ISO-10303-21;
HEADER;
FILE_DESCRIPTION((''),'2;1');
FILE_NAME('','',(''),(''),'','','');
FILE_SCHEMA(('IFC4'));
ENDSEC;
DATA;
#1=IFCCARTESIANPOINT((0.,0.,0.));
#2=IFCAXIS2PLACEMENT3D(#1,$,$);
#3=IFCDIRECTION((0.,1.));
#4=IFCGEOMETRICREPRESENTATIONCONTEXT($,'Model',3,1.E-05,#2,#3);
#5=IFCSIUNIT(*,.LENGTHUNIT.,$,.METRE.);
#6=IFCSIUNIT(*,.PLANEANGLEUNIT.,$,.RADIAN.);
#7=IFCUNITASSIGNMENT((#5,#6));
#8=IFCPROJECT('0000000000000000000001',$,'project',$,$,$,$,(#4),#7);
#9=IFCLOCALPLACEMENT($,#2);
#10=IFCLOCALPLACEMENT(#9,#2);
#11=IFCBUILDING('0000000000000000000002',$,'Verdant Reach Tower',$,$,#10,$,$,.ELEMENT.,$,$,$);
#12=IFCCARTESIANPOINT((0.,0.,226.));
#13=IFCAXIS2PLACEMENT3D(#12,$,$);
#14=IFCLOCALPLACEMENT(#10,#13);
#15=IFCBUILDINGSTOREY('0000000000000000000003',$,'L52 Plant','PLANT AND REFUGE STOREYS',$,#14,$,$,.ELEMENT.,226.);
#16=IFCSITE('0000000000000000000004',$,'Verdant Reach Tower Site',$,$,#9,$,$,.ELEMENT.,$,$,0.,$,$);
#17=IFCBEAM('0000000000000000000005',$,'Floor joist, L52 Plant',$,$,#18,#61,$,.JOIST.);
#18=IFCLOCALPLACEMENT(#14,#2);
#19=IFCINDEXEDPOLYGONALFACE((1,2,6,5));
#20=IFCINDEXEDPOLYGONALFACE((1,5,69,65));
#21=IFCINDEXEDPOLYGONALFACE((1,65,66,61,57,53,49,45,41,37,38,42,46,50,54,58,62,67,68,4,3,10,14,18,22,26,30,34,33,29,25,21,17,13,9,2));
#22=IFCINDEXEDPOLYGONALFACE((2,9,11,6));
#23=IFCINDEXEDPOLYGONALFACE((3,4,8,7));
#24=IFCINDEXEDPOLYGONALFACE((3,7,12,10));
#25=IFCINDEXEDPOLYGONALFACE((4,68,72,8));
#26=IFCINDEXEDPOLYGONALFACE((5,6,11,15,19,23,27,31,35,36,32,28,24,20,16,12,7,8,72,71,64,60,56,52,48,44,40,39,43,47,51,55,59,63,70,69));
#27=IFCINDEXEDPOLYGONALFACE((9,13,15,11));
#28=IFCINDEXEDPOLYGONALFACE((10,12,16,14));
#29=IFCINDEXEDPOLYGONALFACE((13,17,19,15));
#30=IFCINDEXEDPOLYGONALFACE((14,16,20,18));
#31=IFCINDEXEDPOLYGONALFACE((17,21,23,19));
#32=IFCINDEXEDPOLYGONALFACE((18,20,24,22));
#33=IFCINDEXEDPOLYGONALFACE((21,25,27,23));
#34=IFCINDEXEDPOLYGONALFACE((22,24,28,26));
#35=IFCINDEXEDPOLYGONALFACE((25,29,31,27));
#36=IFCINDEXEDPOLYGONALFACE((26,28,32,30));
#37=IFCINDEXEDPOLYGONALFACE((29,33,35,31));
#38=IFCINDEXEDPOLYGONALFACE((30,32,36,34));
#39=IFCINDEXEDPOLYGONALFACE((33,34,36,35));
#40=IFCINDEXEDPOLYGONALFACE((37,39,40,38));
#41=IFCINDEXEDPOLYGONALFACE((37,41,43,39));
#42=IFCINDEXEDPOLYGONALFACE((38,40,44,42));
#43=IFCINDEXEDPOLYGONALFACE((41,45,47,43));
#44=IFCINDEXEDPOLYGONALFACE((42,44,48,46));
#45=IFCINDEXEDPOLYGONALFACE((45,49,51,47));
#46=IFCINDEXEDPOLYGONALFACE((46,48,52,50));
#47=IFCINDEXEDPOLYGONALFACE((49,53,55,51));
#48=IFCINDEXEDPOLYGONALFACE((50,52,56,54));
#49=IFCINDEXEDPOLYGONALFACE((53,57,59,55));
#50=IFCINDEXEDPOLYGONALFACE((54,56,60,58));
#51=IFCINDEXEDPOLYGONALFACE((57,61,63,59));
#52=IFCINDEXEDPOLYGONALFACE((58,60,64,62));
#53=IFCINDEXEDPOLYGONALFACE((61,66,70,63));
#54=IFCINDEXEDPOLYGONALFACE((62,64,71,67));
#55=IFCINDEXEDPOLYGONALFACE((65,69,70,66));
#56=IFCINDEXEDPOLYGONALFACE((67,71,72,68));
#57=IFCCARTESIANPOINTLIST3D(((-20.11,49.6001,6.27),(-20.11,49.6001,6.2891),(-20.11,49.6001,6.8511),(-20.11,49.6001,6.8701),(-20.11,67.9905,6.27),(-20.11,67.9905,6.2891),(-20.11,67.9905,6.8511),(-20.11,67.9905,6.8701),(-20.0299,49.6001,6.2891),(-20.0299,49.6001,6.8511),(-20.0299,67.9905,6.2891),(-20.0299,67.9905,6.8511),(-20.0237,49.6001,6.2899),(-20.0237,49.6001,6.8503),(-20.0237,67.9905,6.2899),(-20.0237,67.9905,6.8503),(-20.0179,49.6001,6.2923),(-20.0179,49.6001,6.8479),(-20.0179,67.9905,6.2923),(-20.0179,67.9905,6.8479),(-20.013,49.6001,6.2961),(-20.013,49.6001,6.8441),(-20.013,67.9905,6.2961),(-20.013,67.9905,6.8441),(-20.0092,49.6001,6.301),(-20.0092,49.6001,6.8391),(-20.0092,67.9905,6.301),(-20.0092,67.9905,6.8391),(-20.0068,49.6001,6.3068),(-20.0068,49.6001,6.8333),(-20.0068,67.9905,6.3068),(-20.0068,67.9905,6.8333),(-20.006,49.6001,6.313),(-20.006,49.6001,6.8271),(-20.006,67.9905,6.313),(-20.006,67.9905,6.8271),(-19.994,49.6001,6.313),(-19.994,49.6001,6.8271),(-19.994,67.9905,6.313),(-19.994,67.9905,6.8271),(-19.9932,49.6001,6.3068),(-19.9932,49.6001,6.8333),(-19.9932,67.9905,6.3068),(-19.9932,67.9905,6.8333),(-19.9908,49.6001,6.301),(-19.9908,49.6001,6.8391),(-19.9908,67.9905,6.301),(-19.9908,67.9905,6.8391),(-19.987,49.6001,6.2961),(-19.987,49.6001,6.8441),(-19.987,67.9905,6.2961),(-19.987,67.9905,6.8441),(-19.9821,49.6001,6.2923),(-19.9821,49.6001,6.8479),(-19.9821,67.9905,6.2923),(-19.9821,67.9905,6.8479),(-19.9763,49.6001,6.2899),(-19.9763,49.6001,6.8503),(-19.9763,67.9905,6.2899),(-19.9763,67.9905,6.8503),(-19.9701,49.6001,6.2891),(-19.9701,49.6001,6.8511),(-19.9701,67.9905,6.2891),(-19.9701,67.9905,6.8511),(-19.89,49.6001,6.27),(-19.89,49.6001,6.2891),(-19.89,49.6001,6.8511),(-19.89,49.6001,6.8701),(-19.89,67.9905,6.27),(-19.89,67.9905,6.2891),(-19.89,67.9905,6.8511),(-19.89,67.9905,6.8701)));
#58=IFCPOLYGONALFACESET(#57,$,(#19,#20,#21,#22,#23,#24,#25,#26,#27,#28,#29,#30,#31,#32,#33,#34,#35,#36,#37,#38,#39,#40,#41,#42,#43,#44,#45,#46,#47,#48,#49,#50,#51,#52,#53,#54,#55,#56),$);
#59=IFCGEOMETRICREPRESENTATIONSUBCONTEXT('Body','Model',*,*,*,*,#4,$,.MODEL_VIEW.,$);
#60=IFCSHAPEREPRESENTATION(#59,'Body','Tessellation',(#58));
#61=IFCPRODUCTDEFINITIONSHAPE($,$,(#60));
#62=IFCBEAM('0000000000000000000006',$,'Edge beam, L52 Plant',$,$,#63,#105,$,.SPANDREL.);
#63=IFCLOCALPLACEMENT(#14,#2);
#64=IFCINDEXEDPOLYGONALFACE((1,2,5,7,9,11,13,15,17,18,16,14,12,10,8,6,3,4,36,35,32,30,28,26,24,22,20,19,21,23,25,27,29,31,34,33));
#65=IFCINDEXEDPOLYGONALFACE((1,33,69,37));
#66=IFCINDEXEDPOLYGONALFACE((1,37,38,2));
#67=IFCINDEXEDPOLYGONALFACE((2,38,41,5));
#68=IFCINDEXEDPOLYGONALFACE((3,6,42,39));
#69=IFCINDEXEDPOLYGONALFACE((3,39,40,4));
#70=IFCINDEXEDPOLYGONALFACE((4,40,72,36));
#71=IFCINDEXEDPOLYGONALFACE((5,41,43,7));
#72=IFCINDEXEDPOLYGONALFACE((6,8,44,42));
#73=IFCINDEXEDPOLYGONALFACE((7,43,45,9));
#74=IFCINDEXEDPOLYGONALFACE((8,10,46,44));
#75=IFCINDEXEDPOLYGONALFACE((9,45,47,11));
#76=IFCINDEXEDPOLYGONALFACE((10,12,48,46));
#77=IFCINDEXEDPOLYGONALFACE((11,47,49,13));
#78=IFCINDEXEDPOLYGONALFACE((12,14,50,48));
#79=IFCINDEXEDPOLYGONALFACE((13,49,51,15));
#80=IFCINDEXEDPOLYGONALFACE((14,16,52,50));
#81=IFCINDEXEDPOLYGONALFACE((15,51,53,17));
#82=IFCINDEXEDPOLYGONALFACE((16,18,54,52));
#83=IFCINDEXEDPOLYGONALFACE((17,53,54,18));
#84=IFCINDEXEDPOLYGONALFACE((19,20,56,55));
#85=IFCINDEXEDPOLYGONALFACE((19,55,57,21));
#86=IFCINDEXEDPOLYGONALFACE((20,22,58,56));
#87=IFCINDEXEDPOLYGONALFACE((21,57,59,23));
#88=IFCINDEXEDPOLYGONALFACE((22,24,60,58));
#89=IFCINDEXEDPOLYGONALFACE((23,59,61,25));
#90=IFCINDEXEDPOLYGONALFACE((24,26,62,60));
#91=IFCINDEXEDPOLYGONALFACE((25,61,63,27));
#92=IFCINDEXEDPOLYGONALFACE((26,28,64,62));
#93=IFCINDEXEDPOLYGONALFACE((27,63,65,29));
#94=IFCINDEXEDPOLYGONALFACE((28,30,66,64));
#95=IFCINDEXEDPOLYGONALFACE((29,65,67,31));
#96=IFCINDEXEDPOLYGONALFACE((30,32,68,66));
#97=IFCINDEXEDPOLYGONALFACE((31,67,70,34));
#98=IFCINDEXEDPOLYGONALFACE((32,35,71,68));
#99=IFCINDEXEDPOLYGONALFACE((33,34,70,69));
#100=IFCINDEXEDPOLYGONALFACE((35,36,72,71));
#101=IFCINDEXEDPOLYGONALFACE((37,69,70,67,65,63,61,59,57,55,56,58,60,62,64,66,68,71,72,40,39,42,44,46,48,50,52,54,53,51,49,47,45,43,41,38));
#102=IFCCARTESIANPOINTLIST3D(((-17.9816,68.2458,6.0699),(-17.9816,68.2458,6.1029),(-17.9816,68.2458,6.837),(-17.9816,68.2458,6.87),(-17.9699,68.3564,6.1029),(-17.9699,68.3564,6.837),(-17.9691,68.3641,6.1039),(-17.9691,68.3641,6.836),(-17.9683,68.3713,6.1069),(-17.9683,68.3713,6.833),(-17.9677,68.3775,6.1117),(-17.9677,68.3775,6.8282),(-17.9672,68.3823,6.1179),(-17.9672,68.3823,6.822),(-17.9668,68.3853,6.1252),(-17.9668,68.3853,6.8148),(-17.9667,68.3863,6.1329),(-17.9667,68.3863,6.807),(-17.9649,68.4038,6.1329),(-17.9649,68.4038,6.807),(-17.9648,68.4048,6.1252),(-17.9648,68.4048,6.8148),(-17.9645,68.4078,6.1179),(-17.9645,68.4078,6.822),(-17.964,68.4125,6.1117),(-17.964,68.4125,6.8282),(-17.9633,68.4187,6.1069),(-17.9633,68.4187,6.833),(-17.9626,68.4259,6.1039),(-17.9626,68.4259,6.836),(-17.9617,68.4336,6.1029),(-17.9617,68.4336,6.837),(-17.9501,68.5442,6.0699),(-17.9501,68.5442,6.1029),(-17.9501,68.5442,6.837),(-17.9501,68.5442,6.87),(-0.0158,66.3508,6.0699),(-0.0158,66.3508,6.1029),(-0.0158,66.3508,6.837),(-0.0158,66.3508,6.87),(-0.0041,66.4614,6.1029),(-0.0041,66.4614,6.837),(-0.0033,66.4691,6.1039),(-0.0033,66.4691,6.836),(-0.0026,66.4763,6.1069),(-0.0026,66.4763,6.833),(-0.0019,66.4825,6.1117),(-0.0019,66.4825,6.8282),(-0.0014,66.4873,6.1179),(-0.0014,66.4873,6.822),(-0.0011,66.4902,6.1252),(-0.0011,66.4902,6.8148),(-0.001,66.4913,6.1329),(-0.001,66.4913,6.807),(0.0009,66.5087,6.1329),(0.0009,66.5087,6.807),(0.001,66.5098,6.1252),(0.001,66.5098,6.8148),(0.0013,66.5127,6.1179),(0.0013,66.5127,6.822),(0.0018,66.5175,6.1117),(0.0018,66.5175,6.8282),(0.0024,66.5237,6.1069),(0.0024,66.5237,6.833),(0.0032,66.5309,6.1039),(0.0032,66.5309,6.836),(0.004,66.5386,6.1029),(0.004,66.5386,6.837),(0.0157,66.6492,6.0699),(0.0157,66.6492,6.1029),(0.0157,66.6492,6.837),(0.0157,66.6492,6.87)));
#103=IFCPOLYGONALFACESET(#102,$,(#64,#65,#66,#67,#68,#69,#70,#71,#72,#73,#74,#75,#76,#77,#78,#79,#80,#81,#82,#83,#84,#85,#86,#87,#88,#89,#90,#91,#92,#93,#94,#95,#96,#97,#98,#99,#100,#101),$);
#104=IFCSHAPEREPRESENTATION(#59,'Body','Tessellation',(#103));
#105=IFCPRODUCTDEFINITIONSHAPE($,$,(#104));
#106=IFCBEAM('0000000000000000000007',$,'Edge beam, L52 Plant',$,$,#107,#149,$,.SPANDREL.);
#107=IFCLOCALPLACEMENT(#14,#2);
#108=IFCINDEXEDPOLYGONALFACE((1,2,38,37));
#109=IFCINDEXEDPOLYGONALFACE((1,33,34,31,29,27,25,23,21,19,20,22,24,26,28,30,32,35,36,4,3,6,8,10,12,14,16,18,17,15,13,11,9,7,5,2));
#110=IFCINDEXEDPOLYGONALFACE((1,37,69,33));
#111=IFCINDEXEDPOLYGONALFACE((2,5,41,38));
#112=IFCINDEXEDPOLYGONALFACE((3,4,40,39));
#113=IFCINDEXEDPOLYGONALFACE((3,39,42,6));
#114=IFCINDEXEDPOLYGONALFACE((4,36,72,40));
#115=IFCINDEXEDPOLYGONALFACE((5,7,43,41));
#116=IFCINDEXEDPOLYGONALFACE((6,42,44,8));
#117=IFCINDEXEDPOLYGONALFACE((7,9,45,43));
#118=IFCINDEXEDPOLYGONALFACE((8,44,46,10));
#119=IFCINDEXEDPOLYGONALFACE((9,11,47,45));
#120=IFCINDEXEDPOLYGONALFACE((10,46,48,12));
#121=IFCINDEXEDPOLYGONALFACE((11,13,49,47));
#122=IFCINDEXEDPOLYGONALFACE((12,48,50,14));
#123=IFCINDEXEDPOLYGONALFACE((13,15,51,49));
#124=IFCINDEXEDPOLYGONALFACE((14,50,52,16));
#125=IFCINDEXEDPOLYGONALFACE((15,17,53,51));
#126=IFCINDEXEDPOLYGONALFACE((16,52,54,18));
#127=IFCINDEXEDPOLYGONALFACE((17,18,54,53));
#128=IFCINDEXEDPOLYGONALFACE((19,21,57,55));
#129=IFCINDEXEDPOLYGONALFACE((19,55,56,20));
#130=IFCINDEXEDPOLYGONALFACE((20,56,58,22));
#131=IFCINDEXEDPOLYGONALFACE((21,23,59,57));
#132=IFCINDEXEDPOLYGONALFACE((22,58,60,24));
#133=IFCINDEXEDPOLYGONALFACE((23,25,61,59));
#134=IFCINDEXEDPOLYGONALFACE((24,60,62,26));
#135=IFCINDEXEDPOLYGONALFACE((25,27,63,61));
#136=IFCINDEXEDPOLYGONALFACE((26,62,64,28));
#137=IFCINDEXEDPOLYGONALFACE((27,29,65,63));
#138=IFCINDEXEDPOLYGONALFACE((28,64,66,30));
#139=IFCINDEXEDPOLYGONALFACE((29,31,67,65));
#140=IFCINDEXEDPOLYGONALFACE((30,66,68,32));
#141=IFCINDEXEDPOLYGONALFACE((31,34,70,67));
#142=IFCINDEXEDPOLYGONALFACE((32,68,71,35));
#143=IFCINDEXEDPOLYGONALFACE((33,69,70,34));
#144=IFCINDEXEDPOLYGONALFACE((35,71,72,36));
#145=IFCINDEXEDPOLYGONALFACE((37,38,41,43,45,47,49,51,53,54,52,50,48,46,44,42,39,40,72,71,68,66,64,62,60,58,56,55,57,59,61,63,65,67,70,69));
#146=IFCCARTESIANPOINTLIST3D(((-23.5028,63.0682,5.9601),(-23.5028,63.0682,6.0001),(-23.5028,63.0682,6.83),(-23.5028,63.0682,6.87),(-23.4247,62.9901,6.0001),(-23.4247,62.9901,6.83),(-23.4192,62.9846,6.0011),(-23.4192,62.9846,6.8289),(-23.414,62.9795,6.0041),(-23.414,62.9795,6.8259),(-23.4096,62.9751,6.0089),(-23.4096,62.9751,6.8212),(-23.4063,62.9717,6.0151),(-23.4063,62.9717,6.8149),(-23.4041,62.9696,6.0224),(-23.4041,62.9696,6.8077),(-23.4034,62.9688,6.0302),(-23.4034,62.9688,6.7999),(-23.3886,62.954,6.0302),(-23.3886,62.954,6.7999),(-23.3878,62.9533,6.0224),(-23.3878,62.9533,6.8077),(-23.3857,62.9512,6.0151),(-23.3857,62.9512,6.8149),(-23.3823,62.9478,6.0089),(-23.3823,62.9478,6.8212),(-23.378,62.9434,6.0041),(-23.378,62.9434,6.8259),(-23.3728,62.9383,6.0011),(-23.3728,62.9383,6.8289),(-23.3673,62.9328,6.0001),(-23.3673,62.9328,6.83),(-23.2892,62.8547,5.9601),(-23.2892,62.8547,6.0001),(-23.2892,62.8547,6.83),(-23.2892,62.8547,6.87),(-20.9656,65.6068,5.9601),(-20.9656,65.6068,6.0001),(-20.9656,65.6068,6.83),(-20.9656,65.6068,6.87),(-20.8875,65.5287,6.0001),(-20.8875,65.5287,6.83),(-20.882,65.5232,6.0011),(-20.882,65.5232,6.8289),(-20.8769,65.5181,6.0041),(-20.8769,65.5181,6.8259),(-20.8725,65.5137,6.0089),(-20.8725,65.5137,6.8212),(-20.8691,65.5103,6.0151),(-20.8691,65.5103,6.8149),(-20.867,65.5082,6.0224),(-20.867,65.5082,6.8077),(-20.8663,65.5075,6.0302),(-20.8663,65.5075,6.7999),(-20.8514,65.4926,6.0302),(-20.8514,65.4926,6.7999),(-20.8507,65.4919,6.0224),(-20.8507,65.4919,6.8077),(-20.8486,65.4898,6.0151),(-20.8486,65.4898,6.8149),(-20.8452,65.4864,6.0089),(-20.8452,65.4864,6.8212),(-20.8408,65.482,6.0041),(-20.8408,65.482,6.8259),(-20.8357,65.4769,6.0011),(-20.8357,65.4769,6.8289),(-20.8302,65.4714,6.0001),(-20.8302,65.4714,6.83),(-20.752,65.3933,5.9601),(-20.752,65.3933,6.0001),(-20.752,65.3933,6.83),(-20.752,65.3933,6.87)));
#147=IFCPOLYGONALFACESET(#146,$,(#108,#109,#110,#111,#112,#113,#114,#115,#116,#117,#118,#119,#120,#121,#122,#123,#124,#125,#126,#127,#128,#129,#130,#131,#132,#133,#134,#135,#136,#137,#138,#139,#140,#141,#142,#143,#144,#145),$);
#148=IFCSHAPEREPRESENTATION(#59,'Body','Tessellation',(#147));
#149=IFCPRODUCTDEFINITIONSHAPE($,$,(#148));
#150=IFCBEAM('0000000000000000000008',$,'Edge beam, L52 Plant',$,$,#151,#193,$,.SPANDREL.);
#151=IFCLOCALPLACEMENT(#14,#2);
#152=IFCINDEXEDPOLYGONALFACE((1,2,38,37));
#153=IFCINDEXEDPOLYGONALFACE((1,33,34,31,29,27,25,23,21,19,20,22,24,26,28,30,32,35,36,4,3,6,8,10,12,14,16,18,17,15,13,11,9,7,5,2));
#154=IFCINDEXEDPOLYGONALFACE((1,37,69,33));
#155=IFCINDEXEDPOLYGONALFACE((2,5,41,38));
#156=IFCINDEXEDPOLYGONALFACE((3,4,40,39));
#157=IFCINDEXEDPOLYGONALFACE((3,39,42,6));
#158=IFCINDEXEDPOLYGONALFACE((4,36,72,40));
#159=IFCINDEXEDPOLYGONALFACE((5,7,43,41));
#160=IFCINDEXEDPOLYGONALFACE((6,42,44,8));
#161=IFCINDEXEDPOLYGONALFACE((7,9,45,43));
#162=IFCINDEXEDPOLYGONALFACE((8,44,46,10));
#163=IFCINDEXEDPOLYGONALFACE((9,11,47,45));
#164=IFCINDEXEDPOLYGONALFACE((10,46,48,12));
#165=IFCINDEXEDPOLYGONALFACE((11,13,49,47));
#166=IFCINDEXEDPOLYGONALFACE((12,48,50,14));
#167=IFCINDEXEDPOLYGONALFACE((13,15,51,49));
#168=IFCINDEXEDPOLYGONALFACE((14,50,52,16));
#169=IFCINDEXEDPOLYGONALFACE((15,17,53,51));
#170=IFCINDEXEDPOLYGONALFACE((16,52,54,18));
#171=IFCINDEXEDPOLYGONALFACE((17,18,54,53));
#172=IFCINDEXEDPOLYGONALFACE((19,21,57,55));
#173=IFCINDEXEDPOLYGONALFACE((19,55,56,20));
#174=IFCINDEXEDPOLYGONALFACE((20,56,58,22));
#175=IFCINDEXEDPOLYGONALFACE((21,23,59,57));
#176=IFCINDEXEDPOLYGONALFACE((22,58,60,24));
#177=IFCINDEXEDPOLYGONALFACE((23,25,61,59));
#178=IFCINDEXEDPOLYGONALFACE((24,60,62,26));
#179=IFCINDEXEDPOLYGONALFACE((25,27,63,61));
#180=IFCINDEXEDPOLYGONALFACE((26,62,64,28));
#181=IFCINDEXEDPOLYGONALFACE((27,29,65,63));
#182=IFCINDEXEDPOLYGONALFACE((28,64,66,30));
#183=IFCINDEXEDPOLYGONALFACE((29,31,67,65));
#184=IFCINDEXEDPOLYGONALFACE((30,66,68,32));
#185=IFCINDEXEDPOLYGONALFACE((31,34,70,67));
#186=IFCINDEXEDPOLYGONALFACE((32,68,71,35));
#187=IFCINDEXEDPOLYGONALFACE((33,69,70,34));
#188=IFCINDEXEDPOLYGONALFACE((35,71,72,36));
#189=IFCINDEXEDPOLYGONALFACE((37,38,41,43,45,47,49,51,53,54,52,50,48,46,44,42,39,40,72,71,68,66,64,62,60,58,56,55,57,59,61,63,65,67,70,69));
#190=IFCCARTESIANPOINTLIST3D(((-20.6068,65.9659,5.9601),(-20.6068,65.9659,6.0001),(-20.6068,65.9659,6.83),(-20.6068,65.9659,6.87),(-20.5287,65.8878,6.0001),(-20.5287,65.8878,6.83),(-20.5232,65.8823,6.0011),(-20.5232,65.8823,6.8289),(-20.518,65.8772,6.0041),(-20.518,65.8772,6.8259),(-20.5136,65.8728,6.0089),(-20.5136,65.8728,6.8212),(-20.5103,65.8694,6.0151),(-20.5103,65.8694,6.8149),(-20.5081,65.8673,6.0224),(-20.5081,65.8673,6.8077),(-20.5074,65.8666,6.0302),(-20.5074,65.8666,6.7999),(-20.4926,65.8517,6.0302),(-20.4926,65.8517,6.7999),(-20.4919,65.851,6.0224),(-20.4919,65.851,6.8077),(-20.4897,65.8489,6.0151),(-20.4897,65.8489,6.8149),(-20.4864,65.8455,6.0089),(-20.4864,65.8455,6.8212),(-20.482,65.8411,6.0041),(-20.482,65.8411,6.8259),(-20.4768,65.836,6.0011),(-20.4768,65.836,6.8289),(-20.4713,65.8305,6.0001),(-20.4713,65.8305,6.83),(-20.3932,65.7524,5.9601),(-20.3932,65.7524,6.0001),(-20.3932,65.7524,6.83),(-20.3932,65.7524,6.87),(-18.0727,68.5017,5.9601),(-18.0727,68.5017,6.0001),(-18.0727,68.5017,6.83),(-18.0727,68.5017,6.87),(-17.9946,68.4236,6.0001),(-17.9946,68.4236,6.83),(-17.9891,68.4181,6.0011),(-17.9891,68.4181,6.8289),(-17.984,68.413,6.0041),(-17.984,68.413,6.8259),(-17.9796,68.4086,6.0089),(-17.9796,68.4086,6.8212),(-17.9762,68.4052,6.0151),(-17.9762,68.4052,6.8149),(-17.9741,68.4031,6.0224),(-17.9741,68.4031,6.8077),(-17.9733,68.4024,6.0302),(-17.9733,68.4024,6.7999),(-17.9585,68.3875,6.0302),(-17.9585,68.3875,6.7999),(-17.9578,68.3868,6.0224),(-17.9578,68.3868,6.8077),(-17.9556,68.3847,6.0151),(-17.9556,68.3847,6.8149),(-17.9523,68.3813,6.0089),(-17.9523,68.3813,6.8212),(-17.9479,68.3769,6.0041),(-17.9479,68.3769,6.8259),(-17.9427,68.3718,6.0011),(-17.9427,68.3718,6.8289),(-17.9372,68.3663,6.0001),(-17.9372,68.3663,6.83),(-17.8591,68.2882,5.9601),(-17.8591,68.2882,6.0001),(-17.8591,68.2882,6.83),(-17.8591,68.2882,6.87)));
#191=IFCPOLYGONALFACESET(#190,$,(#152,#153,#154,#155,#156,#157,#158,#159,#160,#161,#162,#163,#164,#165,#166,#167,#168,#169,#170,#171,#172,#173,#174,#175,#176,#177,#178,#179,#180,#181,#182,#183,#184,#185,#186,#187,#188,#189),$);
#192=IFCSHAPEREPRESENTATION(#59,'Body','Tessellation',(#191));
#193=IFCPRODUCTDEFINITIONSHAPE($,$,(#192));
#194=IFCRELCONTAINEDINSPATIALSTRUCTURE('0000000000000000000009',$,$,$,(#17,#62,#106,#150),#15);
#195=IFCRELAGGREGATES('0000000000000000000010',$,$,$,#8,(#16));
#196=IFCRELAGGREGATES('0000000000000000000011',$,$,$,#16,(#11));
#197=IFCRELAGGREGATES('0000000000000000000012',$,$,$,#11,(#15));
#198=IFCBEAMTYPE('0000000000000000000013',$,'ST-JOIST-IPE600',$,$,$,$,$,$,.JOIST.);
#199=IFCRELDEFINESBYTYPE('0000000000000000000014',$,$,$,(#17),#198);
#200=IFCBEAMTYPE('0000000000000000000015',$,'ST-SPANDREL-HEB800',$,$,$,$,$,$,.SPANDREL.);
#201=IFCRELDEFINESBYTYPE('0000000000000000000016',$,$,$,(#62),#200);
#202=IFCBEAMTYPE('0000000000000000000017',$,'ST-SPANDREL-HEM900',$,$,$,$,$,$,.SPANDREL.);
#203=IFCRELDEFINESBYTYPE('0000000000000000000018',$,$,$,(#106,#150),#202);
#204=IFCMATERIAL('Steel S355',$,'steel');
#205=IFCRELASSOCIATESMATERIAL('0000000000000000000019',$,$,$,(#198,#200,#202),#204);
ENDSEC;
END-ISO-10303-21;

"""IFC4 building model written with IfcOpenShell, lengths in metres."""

from ifc_helpers import new_model, si_unit, direction, frame, origin, origin_2d, place, context, subcontext, project, spatial, i_section, extrude, material, material_profile, profile_set, type_object, element, save


model = new_model("IFC4")

# Units and contexts
model_context = context("Model", 3, precision=1e-05, world=origin(), true_north=direction((0.0, 1.0)))
body_context = subcontext(model_context, "Body", "Model", "MODEL_VIEW")
ifc_project = project(units=[si_unit("LENGTHUNIT", "METRE"), si_unit("PLANEANGLEUNIT", "RADIAN")], contexts=[model_context])

# Site, building, storey
site_placement = place(None, origin())
site = spatial("IfcSite", under=ifc_project, at=site_placement, Name="Verdant Reach Tower Site", CompositionType="ELEMENT", RefElevation=0.0)
building_placement = place(site_placement, origin())
building = spatial("IfcBuilding", under=site, at=building_placement, Name="Verdant Reach Tower", CompositionType="ELEMENT")
storey_placement = place(building_placement, frame((0.0, 0.0, 226.0)))
storey = spatial("IfcBuildingStorey", under=building, at=storey_placement, Name="L52 Plant", Description="PLANT AND REFUGE STOREYS", CompositionType="ELEMENT", Elevation=226.0)

# Beams
ifc_material_1 = material(Name="Steel S355", Category="steel")
ifc_material_profile_1 = material_profile(ifc_material_1, i_section(OverallWidth=0.22, OverallDepth=0.6001, WebThickness=0.012, FlangeThickness=0.019, FilletRadius=0.0239, at=origin_2d()), Name="IPE 600")
ifc_profile_set_1 = profile_set([ifc_material_profile_1], Name="Steel S355")
beam_type_1 = type_object("IfcBeamType", Name="ST-JOIST-IPE600", PredefinedType="JOIST", material=ifc_profile_set_1)
beam_1_placement = place(storey_placement, frame((-20.0, 49.6001, 6.5701), z_axis=(0.0, 1.0, 0.0), x_axis=(-1.0, 0.0, 0.0)))
element("IfcBeam", 1, at=beam_1_placement, inside=storey, type_object=beam_type_1, Name="Floor joist, L52 Plant", PredefinedType="JOIST", context=body_context, shape_type="SweptSolid", body=[
    extrude(i_section(OverallWidth=0.22, OverallDepth=0.6001, WebThickness=0.012, FlangeThickness=0.019, FilletRadius=0.0239, at=origin_2d()), origin(), (0.0, 0.0, 1.0), 18.3904),
])
ifc_material_profile_2 = material_profile(ifc_material_1, i_section(OverallWidth=0.3, OverallDepth=0.8, WebThickness=0.0176, FlangeThickness=0.033, FilletRadius=0.03, at=origin_2d()), Name="HEB 800")
ifc_profile_set_2 = profile_set([ifc_material_profile_2], Name="Steel S355")
beam_type_2 = type_object("IfcBeamType", Name="ST-SPANDREL-HEB800", PredefinedType="SPANDREL", material=ifc_profile_set_2)
beam_2_placement = place(storey_placement, frame((-17.9658, 68.395, 6.47), z_axis=(0.994483, -0.104897, 0.0), x_axis=(0.104897, 0.994483, 0.0)))
element("IfcBeam", 2, at=beam_2_placement, inside=storey, type_object=beam_type_2, Name="Edge beam, L52 Plant", PredefinedType="SPANDREL", context=body_context, shape_type="SweptSolid", body=[
    extrude(i_section(OverallWidth=0.3, OverallDepth=0.8, WebThickness=0.0176, FlangeThickness=0.033, FilletRadius=0.03, at=origin_2d()), origin(), (0.0, 0.0, 1.0), 18.0654),
])
ifc_material_profile_3 = material_profile(ifc_material_1, i_section(OverallWidth=0.302, OverallDepth=0.9099, WebThickness=0.021, FlangeThickness=0.04, FilletRadius=0.03, at=origin_2d()), Name="HEM 900")
ifc_profile_set_3 = profile_set([ifc_material_profile_3], Name="Steel S355")
beam_type_3 = type_object("IfcBeamType", Name="ST-SPANDREL-HEM900", PredefinedType="SPANDREL", material=ifc_profile_set_3)
beam_3_placement = place(storey_placement, frame((-23.396, 62.9614, 6.415), z_axis=(0.706903, 0.707311, 0.0), x_axis=(-0.707311, 0.706903, 0.0)))
element("IfcBeam", 3, at=beam_3_placement, inside=storey, type_object=beam_type_3, Name="Edge beam, L52 Plant", PredefinedType="SPANDREL", context=body_context, shape_type="SweptSolid", body=[
    extrude(i_section(OverallWidth=0.302, OverallDepth=0.9099, WebThickness=0.021, FlangeThickness=0.04, FilletRadius=0.03, at=origin_2d()), origin(), (0.0, 0.0, 1.0), 3.5891),
])
beam_4_placement = place(storey_placement, frame((-20.5, 65.8591, 6.415), z_axis=(0.706868, 0.707345, 0.0), x_axis=(-0.707345, 0.706868, 0.0)))
element("IfcBeam", 4, at=beam_4_placement, inside=storey, type_object=beam_type_3, Name="Edge beam, L52 Plant", PredefinedType="SPANDREL", context=body_context, shape_type="SweptSolid", body=[
    extrude(i_section(OverallWidth=0.302, OverallDepth=0.9099, WebThickness=0.021, FlangeThickness=0.04, FilletRadius=0.03, at=origin_2d()), origin(), (0.0, 0.0, 1.0), 3.585),
])

save(model, "model.ifc")
